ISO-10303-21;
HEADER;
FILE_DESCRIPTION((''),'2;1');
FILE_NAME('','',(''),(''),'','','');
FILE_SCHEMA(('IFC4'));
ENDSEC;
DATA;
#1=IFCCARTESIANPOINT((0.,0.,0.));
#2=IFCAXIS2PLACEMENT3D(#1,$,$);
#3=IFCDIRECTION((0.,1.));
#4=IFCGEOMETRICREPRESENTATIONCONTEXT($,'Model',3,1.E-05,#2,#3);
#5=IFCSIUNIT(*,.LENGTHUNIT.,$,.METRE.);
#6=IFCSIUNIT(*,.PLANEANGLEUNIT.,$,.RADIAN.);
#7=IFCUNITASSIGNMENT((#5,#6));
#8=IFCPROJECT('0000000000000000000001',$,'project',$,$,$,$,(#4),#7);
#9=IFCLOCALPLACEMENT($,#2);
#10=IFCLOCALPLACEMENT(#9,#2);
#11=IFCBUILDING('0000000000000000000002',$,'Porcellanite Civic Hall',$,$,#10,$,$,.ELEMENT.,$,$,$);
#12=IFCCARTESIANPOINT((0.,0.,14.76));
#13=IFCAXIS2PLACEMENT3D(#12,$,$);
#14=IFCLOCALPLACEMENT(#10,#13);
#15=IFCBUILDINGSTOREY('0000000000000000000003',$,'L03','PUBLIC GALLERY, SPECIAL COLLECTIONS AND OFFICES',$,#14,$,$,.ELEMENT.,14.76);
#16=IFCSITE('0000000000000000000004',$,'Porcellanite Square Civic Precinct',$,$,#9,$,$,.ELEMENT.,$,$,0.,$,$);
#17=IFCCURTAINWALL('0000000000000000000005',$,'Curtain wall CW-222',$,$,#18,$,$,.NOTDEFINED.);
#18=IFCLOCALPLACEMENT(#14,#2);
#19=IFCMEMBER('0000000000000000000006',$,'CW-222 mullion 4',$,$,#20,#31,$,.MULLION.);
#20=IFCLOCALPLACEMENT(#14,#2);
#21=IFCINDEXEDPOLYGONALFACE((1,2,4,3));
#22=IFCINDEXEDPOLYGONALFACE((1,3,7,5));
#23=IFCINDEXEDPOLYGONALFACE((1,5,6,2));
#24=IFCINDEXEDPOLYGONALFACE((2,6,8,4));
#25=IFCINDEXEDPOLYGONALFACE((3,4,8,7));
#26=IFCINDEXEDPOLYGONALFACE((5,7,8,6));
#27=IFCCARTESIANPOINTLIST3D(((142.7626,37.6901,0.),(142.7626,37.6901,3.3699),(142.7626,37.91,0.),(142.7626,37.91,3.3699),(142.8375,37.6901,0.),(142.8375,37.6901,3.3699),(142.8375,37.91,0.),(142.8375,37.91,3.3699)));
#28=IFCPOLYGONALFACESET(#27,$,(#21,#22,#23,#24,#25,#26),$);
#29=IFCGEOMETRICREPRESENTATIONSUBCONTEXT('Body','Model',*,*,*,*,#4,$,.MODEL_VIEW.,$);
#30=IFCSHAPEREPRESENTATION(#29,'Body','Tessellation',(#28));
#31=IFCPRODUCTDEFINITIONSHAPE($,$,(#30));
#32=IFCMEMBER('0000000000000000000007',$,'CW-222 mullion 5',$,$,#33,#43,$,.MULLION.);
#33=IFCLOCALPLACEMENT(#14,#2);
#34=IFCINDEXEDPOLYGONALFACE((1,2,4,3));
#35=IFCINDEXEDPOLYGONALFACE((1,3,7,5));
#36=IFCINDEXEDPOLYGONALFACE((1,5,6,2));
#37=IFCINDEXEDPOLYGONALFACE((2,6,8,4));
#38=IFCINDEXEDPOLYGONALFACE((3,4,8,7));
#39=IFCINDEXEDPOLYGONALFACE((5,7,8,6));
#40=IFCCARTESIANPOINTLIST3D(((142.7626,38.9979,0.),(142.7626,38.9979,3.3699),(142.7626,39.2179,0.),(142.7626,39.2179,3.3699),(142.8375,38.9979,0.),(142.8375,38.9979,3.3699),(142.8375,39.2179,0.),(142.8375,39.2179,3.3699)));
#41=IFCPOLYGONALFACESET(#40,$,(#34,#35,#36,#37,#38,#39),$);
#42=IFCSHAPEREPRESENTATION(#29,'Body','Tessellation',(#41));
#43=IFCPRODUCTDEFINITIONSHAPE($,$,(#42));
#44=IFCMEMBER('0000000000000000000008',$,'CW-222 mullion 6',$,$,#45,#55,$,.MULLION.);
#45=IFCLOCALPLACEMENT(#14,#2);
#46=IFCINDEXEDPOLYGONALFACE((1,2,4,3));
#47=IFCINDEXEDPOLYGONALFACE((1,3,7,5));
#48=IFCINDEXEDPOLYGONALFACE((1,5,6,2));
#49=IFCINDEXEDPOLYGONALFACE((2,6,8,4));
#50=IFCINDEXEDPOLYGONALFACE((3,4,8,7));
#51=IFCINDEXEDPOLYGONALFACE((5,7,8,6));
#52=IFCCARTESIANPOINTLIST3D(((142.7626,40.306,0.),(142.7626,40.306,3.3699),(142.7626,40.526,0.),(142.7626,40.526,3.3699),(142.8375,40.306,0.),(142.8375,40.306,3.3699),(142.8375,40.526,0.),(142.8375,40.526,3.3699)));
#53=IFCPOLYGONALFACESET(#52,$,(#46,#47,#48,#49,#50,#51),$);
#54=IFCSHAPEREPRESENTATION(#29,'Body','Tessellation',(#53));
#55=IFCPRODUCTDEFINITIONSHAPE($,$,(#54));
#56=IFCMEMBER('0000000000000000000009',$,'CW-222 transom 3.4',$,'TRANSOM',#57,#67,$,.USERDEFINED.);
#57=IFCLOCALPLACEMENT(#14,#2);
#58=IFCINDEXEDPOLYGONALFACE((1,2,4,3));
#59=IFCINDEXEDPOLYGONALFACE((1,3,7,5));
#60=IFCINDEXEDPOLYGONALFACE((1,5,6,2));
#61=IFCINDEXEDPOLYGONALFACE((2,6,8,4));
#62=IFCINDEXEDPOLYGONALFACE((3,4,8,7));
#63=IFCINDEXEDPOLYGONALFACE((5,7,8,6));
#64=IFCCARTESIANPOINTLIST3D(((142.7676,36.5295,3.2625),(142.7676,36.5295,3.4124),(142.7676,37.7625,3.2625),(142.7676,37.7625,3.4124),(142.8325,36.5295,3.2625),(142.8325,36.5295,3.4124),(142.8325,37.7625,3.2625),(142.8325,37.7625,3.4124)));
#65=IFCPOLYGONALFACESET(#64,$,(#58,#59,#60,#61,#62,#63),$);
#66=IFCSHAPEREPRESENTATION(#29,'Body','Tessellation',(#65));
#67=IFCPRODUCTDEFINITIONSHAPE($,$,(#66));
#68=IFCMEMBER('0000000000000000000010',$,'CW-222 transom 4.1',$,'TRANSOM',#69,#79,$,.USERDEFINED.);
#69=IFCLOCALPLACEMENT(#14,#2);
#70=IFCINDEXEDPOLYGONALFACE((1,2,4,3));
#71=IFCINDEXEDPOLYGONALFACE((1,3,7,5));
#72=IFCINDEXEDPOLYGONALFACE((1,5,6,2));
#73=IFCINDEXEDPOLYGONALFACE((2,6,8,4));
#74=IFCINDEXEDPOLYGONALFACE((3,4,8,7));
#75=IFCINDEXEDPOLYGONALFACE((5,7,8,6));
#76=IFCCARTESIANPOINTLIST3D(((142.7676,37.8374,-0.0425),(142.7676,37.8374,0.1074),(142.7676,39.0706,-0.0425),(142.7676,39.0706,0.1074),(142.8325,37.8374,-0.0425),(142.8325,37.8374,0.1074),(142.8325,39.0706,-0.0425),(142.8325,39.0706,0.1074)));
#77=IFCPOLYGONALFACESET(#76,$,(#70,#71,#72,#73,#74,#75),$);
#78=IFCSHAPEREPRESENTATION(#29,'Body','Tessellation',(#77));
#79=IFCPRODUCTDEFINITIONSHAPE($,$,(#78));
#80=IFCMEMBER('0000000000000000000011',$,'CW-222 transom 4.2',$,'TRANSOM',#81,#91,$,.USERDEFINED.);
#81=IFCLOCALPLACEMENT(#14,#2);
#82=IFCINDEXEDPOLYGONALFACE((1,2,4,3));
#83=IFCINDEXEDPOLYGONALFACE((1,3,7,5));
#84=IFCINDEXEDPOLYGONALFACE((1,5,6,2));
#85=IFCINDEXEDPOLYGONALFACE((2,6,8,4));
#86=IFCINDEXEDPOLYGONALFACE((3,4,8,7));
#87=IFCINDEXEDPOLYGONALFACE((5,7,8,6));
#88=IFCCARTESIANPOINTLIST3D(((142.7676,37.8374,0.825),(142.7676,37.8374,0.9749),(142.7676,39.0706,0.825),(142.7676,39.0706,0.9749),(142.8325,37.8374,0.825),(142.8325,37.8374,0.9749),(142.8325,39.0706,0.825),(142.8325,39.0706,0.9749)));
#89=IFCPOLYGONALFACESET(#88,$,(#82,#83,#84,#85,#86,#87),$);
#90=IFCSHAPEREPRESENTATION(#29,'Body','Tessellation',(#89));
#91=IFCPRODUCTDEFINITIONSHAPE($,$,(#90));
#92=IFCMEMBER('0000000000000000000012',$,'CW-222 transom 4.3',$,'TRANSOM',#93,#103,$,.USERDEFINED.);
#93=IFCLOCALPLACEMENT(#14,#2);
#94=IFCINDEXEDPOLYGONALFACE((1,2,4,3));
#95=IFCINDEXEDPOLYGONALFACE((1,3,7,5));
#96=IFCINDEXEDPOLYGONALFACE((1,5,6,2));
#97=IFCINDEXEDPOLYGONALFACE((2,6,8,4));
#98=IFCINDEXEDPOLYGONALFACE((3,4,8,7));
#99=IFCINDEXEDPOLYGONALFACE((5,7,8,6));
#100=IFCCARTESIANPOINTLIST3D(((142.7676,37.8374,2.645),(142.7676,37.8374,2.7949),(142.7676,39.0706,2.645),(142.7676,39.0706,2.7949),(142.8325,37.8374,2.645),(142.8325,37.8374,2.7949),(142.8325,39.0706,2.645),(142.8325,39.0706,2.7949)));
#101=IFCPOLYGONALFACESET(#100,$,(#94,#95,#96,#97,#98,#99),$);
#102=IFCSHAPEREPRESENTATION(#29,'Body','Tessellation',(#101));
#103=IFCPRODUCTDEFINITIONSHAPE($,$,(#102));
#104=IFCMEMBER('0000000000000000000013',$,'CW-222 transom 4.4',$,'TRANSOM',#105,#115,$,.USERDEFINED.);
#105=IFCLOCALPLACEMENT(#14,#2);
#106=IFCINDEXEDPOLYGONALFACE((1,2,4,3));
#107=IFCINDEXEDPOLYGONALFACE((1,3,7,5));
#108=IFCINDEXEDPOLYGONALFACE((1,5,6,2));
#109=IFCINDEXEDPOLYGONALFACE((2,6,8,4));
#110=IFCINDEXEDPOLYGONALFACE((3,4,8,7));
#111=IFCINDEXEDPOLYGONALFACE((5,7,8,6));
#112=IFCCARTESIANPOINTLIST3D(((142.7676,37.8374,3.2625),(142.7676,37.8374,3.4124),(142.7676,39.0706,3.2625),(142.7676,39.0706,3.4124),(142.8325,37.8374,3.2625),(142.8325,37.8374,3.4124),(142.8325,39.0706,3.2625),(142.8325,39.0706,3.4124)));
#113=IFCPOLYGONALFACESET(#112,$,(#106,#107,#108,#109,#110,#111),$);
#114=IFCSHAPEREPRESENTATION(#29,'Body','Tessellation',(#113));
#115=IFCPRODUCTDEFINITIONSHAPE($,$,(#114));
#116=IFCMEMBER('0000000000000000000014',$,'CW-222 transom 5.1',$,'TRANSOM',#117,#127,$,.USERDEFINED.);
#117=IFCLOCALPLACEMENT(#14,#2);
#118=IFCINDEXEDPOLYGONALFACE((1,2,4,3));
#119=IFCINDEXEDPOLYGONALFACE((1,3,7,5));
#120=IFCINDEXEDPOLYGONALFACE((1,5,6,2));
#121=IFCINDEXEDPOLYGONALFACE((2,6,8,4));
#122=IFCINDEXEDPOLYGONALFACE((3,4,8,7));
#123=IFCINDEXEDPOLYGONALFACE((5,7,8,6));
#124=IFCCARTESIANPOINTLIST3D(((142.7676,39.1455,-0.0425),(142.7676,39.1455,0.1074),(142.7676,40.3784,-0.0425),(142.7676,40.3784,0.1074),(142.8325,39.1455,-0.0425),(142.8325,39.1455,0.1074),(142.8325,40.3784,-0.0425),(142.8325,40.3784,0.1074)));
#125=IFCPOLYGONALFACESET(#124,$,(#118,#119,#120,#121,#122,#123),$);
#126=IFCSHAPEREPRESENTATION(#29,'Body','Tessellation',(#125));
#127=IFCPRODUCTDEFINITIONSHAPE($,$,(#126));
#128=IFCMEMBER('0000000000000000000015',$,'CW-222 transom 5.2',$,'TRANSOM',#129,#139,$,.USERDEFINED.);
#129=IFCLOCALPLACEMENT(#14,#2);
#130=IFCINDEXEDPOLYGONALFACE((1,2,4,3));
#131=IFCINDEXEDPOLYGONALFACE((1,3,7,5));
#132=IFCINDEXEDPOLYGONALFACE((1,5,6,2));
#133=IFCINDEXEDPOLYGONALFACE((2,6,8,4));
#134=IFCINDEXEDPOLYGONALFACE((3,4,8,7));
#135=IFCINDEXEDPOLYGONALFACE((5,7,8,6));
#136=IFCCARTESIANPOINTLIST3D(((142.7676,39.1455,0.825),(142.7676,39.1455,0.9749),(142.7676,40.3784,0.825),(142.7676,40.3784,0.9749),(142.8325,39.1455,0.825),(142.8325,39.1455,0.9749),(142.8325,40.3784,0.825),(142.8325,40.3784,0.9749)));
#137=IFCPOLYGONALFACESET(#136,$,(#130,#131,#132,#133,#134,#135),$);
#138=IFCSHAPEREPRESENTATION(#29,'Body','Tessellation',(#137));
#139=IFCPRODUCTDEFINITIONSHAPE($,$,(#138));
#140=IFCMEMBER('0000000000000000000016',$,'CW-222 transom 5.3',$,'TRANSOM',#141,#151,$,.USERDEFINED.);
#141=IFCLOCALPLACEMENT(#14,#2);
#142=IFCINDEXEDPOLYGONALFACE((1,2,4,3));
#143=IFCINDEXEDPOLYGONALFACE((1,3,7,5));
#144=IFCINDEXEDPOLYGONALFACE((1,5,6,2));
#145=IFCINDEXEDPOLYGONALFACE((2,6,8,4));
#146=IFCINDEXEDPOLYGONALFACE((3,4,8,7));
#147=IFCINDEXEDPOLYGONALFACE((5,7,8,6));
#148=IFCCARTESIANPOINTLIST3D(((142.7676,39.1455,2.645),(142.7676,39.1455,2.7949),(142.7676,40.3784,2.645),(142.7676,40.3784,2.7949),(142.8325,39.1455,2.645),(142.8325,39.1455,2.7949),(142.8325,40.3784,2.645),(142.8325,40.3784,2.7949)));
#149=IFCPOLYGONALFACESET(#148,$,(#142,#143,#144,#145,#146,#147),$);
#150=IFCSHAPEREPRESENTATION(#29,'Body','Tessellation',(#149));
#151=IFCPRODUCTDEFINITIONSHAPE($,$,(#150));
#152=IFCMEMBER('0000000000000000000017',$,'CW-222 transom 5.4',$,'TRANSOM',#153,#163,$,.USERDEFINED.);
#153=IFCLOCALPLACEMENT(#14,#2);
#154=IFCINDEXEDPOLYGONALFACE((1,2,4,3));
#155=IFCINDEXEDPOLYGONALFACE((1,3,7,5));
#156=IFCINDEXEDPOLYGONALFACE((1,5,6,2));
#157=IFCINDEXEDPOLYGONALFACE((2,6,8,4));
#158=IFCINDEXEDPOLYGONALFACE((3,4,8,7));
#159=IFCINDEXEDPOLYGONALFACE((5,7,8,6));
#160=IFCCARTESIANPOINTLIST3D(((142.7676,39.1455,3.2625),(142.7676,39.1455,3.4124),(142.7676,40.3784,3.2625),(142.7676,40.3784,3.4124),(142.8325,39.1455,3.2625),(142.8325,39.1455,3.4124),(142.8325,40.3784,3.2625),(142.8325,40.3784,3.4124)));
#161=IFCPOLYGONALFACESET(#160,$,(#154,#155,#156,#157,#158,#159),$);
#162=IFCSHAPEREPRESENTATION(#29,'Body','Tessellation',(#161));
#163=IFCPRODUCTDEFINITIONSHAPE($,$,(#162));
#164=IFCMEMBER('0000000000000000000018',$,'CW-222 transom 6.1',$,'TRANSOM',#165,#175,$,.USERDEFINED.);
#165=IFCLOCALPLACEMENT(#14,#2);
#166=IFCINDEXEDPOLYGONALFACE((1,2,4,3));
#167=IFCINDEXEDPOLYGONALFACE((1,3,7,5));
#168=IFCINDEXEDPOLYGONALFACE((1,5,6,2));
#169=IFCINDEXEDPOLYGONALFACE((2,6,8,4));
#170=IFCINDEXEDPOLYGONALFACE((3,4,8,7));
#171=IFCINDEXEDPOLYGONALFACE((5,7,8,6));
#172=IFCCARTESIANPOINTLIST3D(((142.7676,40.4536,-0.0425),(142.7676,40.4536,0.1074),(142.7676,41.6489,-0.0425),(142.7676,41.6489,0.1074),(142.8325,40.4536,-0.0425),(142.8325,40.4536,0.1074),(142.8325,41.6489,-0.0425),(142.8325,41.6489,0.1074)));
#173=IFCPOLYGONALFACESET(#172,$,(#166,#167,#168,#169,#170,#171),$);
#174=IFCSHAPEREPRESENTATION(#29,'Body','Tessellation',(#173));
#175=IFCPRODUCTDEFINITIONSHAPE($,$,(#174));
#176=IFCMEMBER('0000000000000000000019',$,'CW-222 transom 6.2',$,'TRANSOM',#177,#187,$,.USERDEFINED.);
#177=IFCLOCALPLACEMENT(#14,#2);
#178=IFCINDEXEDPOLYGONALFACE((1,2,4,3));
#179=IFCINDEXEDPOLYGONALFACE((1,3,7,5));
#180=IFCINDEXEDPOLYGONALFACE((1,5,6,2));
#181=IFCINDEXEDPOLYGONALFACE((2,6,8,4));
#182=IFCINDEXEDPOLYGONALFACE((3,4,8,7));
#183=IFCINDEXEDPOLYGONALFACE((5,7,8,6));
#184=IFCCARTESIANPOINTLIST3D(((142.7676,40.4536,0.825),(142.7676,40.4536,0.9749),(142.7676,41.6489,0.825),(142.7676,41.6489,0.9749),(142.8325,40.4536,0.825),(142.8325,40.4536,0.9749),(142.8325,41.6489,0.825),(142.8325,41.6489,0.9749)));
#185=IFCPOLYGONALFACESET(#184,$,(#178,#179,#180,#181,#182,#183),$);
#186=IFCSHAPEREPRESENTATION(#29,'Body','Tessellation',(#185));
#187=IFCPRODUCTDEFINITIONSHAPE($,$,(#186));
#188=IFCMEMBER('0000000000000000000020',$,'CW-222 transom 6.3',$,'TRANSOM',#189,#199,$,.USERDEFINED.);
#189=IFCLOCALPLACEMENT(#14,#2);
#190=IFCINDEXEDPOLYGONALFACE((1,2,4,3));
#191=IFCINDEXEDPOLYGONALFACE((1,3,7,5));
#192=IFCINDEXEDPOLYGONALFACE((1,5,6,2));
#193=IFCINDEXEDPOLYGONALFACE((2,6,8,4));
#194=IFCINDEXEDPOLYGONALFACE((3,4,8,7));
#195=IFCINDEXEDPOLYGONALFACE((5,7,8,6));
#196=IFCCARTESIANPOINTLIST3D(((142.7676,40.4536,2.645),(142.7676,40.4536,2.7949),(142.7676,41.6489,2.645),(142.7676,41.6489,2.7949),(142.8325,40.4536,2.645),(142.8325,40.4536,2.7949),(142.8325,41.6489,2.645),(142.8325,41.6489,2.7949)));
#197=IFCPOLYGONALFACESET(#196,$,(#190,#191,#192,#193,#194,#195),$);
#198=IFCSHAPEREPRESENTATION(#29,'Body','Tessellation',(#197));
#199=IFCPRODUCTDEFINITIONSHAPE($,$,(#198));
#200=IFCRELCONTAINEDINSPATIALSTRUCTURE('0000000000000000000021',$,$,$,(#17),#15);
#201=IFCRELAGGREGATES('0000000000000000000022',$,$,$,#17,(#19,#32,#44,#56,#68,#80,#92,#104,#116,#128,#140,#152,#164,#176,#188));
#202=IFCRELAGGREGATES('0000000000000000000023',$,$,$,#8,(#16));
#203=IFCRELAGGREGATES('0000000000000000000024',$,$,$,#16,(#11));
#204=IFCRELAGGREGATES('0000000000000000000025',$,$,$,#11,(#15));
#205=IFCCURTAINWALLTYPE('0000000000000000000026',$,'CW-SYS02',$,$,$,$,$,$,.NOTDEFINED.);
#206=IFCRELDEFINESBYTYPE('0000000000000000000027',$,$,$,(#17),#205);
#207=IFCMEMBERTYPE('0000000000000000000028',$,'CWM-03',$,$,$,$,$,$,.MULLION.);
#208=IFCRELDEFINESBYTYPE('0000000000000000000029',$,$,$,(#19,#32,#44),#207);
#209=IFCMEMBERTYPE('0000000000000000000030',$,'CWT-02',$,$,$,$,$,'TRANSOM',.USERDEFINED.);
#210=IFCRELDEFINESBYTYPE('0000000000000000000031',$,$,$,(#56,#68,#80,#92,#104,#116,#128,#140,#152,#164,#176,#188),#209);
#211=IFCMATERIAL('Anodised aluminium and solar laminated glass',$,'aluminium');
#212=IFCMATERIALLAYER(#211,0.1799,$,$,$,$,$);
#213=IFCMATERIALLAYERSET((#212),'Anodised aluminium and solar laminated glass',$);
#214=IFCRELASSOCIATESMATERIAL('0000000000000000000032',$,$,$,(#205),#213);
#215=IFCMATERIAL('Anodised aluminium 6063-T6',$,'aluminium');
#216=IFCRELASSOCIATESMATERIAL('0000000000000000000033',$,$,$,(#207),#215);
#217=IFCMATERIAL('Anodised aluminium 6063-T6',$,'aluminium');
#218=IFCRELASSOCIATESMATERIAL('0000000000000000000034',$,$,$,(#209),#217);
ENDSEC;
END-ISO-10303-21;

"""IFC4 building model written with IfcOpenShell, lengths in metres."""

from ifc_helpers import new_model, si_unit, direction, frame, origin, origin_2d, place, context, subcontext, project, spatial, rectangle, extrude, material, layer, layer_set, material_profile, profile_set, type_object, element, aggregate, save


model = new_model("IFC4")

# Units and contexts
model_context = context("Model", 3, precision=1e-05, world=origin(), true_north=direction((0.0, 1.0)))
body_context = subcontext(model_context, "Body", "Model", "MODEL_VIEW")
ifc_project = project(units=[si_unit("LENGTHUNIT", "METRE"), si_unit("PLANEANGLEUNIT", "RADIAN")], contexts=[model_context])

# Site, building, storey
site_placement = place(None, origin())
site = spatial("IfcSite", under=ifc_project, at=site_placement, Name="Porcellanite Square Civic Precinct", CompositionType="ELEMENT", RefElevation=0.0)
building_placement = place(site_placement, origin())
building = spatial("IfcBuilding", under=site, at=building_placement, Name="Porcellanite Civic Hall", CompositionType="ELEMENT")
storey_placement = place(building_placement, frame((0.0, 0.0, 14.76)))
storey = spatial("IfcBuildingStorey", under=building, at=storey_placement, Name="L03", Description="PUBLIC GALLERY, SPECIAL COLLECTIONS AND OFFICES", CompositionType="ELEMENT", Elevation=14.76)

# Curtain wall, members
ifc_material_1 = material(Name="Anodised aluminium and solar laminated glass", Category="aluminium")
ifc_layer_1 = layer(ifc_material_1, 0.1799)
ifc_layer_set_1 = layer_set([ifc_layer_1], Name="Anodised aluminium and solar laminated glass")
curtain_wall_type = type_object("IfcCurtainWallType", Name="CW-SYS02", PredefinedType="NOTDEFINED", material=ifc_layer_set_1)
curtain_wall_placement = place(storey_placement, origin())
curtain_wall = element("IfcCurtainWall", 1, at=curtain_wall_placement, inside=storey, type_object=curtain_wall_type, Name="Curtain wall CW-222", PredefinedType="NOTDEFINED")
ifc_material_2 = material(Name="Anodised aluminium 6063-T6", Category="aluminium")
ifc_material_profile_1 = material_profile(ifc_material_2, rectangle(XDim=0.075, YDim=0.22, at=origin_2d()), Name="AL-75x220")
ifc_profile_set_1 = profile_set([ifc_material_profile_1], Name="Anodised aluminium 6063-T6")
member_type_1 = type_object("IfcMemberType", Name="CWM-03", PredefinedType="MULLION", material=ifc_profile_set_1)
member_1_placement = place(storey_placement, frame((142.8, 37.8, 0.0), z_axis=(0.0, 0.0, 1.0), x_axis=(-1.0, 0.0, 0.0)))
member_1 = element("IfcMember", 2, at=member_1_placement, type_object=member_type_1, Name="CW-222 mullion 4", PredefinedType="MULLION", context=body_context, shape_type="SweptSolid", body=[
    extrude(rectangle(XDim=0.075, YDim=0.22, at=origin_2d()), origin(), (0.0, 0.0, 1.0), 3.3699),
])
member_2_placement = place(storey_placement, frame((142.8, 39.1079, 0.0), z_axis=(0.0, 0.0, 1.0), x_axis=(-1.0, 0.0, 0.0)))
member_2 = element("IfcMember", 3, at=member_2_placement, type_object=member_type_1, Name="CW-222 mullion 5", PredefinedType="MULLION", context=body_context, shape_type="SweptSolid", body=[
    extrude(rectangle(XDim=0.075, YDim=0.22, at=origin_2d()), origin(), (0.0, 0.0, 1.0), 3.3699),
])
member_3_placement = place(storey_placement, frame((142.8, 40.416, 0.0), z_axis=(0.0, 0.0, 1.0), x_axis=(-1.0, 0.0, 0.0)))
member_3 = element("IfcMember", 4, at=member_3_placement, type_object=member_type_1, Name="CW-222 mullion 6", PredefinedType="MULLION", context=body_context, shape_type="SweptSolid", body=[
    extrude(rectangle(XDim=0.075, YDim=0.22, at=origin_2d()), origin(), (0.0, 0.0, 1.0), 3.3699),
])
ifc_material_3 = material(Name="Anodised aluminium 6063-T6", Category="aluminium")
ifc_material_profile_2 = material_profile(ifc_material_3, rectangle(XDim=0.0649, YDim=0.1499, at=origin_2d()), Name="AL-65x150")
ifc_profile_set_2 = profile_set([ifc_material_profile_2], Name="Anodised aluminium 6063-T6")
member_type_2 = type_object("IfcMemberType", Name="CWT-02", ElementType="TRANSOM", PredefinedType="USERDEFINED", material=ifc_profile_set_2)
member_4_placement = place(storey_placement, frame((142.8, 36.5295, 3.3374), z_axis=(0.0, 1.0, 0.0), x_axis=(-1.0, 0.0, 0.0)))
member_4 = element("IfcMember", 5, at=member_4_placement, type_object=member_type_2, Name="CW-222 transom 3.4", ObjectType="TRANSOM", PredefinedType="USERDEFINED", context=body_context, shape_type="SweptSolid", body=[
    extrude(rectangle(XDim=0.0649, YDim=0.1499, at=origin_2d()), origin(), (0.0, 0.0, 1.0), 1.2329),
])
member_5_placement = place(storey_placement, frame((142.8, 37.8374, 0.0325), z_axis=(0.0, 1.0, 0.0), x_axis=(-1.0, 0.0, 0.0)))
member_5 = element("IfcMember", 6, at=member_5_placement, type_object=member_type_2, Name="CW-222 transom 4.1", ObjectType="TRANSOM", PredefinedType="USERDEFINED", context=body_context, shape_type="SweptSolid", body=[
    extrude(rectangle(XDim=0.0649, YDim=0.1499, at=origin_2d()), origin(), (0.0, 0.0, 1.0), 1.2332),
])
member_6_placement = place(storey_placement, frame((142.8, 37.8374, 0.8999), z_axis=(0.0, 1.0, 0.0), x_axis=(-1.0, 0.0, 0.0)))
member_6 = element("IfcMember", 7, at=member_6_placement, type_object=member_type_2, Name="CW-222 transom 4.2", ObjectType="TRANSOM", PredefinedType="USERDEFINED", context=body_context, shape_type="SweptSolid", body=[
    extrude(rectangle(XDim=0.0649, YDim=0.1499, at=origin_2d()), origin(), (0.0, 0.0, 1.0), 1.2332),
])
member_7_placement = place(storey_placement, frame((142.8, 37.8374, 2.72), z_axis=(0.0, 1.0, 0.0), x_axis=(-1.0, 0.0, 0.0)))
member_7 = element("IfcMember", 8, at=member_7_placement, type_object=member_type_2, Name="CW-222 transom 4.3", ObjectType="TRANSOM", PredefinedType="USERDEFINED", context=body_context, shape_type="SweptSolid", body=[
    extrude(rectangle(XDim=0.0649, YDim=0.1499, at=origin_2d()), origin(), (0.0, 0.0, 1.0), 1.2332),
])
member_8_placement = place(storey_placement, frame((142.8, 37.8374, 3.3374), z_axis=(0.0, 1.0, 0.0), x_axis=(-1.0, 0.0, 0.0)))
member_8 = element("IfcMember", 9, at=member_8_placement, type_object=member_type_2, Name="CW-222 transom 4.4", ObjectType="TRANSOM", PredefinedType="USERDEFINED", context=body_context, shape_type="SweptSolid", body=[
    extrude(rectangle(XDim=0.0649, YDim=0.1499, at=origin_2d()), origin(), (0.0, 0.0, 1.0), 1.2332),
])
member_9_placement = place(storey_placement, frame((142.8, 39.1455, 0.0325), z_axis=(0.0, 1.0, 0.0), x_axis=(-1.0, 0.0, 0.0)))
member_9 = element("IfcMember", 10, at=member_9_placement, type_object=member_type_2, Name="CW-222 transom 5.1", ObjectType="TRANSOM", PredefinedType="USERDEFINED", context=body_context, shape_type="SweptSolid", body=[
    extrude(rectangle(XDim=0.0649, YDim=0.1499, at=origin_2d()), origin(), (0.0, 0.0, 1.0), 1.2329),
])
member_10_placement = place(storey_placement, frame((142.8, 39.1455, 0.8999), z_axis=(0.0, 1.0, 0.0), x_axis=(-1.0, 0.0, 0.0)))
member_10 = element("IfcMember", 11, at=member_10_placement, type_object=member_type_2, Name="CW-222 transom 5.2", ObjectType="TRANSOM", PredefinedType="USERDEFINED", context=body_context, shape_type="SweptSolid", body=[
    extrude(rectangle(XDim=0.0649, YDim=0.1499, at=origin_2d()), origin(), (0.0, 0.0, 1.0), 1.2329),
])
member_11_placement = place(storey_placement, frame((142.8, 39.1455, 2.72), z_axis=(0.0, 1.0, 0.0), x_axis=(-1.0, 0.0, 0.0)))
member_11 = element("IfcMember", 12, at=member_11_placement, type_object=member_type_2, Name="CW-222 transom 5.3", ObjectType="TRANSOM", PredefinedType="USERDEFINED", context=body_context, shape_type="SweptSolid", body=[
    extrude(rectangle(XDim=0.0649, YDim=0.1499, at=origin_2d()), origin(), (0.0, 0.0, 1.0), 1.2329),
])
member_12_placement = place(storey_placement, frame((142.8, 39.1455, 3.3374), z_axis=(0.0, 1.0, 0.0), x_axis=(-1.0, 0.0, 0.0)))
member_12 = element("IfcMember", 13, at=member_12_placement, type_object=member_type_2, Name="CW-222 transom 5.4", ObjectType="TRANSOM", PredefinedType="USERDEFINED", context=body_context, shape_type="SweptSolid", body=[
    extrude(rectangle(XDim=0.0649, YDim=0.1499, at=origin_2d()), origin(), (0.0, 0.0, 1.0), 1.2329),
])
member_13_placement = place(storey_placement, frame((142.8, 40.4536, 0.0325), z_axis=(0.0, 1.0, 0.0), x_axis=(-1.0, 0.0, 0.0)))
member_13 = element("IfcMember", 14, at=member_13_placement, type_object=member_type_2, Name="CW-222 transom 6.1", ObjectType="TRANSOM", PredefinedType="USERDEFINED", context=body_context, shape_type="SweptSolid", body=[
    extrude(rectangle(XDim=0.0649, YDim=0.1499, at=origin_2d()), origin(), (0.0, 0.0, 1.0), 1.1953),
])
member_14_placement = place(storey_placement, frame((142.8, 40.4536, 0.8999), z_axis=(0.0, 1.0, 0.0), x_axis=(-1.0, 0.0, 0.0)))
member_14 = element("IfcMember", 15, at=member_14_placement, type_object=member_type_2, Name="CW-222 transom 6.2", ObjectType="TRANSOM", PredefinedType="USERDEFINED", context=body_context, shape_type="SweptSolid", body=[
    extrude(rectangle(XDim=0.0649, YDim=0.1499, at=origin_2d()), origin(), (0.0, 0.0, 1.0), 1.1953),
])
member_15_placement = place(storey_placement, frame((142.8, 40.4536, 2.72), z_axis=(0.0, 1.0, 0.0), x_axis=(-1.0, 0.0, 0.0)))
member_15 = element("IfcMember", 16, at=member_15_placement, type_object=member_type_2, Name="CW-222 transom 6.3", ObjectType="TRANSOM", PredefinedType="USERDEFINED", context=body_context, shape_type="SweptSolid", body=[
    extrude(rectangle(XDim=0.0649, YDim=0.1499, at=origin_2d()), origin(), (0.0, 0.0, 1.0), 1.1953),
])
aggregate(curtain_wall, [member_1, member_2, member_3, member_4, member_5, member_6, member_7, member_8, member_9, member_10, member_11, member_12, member_13, member_14, member_15])

save(model, "model.ifc")
